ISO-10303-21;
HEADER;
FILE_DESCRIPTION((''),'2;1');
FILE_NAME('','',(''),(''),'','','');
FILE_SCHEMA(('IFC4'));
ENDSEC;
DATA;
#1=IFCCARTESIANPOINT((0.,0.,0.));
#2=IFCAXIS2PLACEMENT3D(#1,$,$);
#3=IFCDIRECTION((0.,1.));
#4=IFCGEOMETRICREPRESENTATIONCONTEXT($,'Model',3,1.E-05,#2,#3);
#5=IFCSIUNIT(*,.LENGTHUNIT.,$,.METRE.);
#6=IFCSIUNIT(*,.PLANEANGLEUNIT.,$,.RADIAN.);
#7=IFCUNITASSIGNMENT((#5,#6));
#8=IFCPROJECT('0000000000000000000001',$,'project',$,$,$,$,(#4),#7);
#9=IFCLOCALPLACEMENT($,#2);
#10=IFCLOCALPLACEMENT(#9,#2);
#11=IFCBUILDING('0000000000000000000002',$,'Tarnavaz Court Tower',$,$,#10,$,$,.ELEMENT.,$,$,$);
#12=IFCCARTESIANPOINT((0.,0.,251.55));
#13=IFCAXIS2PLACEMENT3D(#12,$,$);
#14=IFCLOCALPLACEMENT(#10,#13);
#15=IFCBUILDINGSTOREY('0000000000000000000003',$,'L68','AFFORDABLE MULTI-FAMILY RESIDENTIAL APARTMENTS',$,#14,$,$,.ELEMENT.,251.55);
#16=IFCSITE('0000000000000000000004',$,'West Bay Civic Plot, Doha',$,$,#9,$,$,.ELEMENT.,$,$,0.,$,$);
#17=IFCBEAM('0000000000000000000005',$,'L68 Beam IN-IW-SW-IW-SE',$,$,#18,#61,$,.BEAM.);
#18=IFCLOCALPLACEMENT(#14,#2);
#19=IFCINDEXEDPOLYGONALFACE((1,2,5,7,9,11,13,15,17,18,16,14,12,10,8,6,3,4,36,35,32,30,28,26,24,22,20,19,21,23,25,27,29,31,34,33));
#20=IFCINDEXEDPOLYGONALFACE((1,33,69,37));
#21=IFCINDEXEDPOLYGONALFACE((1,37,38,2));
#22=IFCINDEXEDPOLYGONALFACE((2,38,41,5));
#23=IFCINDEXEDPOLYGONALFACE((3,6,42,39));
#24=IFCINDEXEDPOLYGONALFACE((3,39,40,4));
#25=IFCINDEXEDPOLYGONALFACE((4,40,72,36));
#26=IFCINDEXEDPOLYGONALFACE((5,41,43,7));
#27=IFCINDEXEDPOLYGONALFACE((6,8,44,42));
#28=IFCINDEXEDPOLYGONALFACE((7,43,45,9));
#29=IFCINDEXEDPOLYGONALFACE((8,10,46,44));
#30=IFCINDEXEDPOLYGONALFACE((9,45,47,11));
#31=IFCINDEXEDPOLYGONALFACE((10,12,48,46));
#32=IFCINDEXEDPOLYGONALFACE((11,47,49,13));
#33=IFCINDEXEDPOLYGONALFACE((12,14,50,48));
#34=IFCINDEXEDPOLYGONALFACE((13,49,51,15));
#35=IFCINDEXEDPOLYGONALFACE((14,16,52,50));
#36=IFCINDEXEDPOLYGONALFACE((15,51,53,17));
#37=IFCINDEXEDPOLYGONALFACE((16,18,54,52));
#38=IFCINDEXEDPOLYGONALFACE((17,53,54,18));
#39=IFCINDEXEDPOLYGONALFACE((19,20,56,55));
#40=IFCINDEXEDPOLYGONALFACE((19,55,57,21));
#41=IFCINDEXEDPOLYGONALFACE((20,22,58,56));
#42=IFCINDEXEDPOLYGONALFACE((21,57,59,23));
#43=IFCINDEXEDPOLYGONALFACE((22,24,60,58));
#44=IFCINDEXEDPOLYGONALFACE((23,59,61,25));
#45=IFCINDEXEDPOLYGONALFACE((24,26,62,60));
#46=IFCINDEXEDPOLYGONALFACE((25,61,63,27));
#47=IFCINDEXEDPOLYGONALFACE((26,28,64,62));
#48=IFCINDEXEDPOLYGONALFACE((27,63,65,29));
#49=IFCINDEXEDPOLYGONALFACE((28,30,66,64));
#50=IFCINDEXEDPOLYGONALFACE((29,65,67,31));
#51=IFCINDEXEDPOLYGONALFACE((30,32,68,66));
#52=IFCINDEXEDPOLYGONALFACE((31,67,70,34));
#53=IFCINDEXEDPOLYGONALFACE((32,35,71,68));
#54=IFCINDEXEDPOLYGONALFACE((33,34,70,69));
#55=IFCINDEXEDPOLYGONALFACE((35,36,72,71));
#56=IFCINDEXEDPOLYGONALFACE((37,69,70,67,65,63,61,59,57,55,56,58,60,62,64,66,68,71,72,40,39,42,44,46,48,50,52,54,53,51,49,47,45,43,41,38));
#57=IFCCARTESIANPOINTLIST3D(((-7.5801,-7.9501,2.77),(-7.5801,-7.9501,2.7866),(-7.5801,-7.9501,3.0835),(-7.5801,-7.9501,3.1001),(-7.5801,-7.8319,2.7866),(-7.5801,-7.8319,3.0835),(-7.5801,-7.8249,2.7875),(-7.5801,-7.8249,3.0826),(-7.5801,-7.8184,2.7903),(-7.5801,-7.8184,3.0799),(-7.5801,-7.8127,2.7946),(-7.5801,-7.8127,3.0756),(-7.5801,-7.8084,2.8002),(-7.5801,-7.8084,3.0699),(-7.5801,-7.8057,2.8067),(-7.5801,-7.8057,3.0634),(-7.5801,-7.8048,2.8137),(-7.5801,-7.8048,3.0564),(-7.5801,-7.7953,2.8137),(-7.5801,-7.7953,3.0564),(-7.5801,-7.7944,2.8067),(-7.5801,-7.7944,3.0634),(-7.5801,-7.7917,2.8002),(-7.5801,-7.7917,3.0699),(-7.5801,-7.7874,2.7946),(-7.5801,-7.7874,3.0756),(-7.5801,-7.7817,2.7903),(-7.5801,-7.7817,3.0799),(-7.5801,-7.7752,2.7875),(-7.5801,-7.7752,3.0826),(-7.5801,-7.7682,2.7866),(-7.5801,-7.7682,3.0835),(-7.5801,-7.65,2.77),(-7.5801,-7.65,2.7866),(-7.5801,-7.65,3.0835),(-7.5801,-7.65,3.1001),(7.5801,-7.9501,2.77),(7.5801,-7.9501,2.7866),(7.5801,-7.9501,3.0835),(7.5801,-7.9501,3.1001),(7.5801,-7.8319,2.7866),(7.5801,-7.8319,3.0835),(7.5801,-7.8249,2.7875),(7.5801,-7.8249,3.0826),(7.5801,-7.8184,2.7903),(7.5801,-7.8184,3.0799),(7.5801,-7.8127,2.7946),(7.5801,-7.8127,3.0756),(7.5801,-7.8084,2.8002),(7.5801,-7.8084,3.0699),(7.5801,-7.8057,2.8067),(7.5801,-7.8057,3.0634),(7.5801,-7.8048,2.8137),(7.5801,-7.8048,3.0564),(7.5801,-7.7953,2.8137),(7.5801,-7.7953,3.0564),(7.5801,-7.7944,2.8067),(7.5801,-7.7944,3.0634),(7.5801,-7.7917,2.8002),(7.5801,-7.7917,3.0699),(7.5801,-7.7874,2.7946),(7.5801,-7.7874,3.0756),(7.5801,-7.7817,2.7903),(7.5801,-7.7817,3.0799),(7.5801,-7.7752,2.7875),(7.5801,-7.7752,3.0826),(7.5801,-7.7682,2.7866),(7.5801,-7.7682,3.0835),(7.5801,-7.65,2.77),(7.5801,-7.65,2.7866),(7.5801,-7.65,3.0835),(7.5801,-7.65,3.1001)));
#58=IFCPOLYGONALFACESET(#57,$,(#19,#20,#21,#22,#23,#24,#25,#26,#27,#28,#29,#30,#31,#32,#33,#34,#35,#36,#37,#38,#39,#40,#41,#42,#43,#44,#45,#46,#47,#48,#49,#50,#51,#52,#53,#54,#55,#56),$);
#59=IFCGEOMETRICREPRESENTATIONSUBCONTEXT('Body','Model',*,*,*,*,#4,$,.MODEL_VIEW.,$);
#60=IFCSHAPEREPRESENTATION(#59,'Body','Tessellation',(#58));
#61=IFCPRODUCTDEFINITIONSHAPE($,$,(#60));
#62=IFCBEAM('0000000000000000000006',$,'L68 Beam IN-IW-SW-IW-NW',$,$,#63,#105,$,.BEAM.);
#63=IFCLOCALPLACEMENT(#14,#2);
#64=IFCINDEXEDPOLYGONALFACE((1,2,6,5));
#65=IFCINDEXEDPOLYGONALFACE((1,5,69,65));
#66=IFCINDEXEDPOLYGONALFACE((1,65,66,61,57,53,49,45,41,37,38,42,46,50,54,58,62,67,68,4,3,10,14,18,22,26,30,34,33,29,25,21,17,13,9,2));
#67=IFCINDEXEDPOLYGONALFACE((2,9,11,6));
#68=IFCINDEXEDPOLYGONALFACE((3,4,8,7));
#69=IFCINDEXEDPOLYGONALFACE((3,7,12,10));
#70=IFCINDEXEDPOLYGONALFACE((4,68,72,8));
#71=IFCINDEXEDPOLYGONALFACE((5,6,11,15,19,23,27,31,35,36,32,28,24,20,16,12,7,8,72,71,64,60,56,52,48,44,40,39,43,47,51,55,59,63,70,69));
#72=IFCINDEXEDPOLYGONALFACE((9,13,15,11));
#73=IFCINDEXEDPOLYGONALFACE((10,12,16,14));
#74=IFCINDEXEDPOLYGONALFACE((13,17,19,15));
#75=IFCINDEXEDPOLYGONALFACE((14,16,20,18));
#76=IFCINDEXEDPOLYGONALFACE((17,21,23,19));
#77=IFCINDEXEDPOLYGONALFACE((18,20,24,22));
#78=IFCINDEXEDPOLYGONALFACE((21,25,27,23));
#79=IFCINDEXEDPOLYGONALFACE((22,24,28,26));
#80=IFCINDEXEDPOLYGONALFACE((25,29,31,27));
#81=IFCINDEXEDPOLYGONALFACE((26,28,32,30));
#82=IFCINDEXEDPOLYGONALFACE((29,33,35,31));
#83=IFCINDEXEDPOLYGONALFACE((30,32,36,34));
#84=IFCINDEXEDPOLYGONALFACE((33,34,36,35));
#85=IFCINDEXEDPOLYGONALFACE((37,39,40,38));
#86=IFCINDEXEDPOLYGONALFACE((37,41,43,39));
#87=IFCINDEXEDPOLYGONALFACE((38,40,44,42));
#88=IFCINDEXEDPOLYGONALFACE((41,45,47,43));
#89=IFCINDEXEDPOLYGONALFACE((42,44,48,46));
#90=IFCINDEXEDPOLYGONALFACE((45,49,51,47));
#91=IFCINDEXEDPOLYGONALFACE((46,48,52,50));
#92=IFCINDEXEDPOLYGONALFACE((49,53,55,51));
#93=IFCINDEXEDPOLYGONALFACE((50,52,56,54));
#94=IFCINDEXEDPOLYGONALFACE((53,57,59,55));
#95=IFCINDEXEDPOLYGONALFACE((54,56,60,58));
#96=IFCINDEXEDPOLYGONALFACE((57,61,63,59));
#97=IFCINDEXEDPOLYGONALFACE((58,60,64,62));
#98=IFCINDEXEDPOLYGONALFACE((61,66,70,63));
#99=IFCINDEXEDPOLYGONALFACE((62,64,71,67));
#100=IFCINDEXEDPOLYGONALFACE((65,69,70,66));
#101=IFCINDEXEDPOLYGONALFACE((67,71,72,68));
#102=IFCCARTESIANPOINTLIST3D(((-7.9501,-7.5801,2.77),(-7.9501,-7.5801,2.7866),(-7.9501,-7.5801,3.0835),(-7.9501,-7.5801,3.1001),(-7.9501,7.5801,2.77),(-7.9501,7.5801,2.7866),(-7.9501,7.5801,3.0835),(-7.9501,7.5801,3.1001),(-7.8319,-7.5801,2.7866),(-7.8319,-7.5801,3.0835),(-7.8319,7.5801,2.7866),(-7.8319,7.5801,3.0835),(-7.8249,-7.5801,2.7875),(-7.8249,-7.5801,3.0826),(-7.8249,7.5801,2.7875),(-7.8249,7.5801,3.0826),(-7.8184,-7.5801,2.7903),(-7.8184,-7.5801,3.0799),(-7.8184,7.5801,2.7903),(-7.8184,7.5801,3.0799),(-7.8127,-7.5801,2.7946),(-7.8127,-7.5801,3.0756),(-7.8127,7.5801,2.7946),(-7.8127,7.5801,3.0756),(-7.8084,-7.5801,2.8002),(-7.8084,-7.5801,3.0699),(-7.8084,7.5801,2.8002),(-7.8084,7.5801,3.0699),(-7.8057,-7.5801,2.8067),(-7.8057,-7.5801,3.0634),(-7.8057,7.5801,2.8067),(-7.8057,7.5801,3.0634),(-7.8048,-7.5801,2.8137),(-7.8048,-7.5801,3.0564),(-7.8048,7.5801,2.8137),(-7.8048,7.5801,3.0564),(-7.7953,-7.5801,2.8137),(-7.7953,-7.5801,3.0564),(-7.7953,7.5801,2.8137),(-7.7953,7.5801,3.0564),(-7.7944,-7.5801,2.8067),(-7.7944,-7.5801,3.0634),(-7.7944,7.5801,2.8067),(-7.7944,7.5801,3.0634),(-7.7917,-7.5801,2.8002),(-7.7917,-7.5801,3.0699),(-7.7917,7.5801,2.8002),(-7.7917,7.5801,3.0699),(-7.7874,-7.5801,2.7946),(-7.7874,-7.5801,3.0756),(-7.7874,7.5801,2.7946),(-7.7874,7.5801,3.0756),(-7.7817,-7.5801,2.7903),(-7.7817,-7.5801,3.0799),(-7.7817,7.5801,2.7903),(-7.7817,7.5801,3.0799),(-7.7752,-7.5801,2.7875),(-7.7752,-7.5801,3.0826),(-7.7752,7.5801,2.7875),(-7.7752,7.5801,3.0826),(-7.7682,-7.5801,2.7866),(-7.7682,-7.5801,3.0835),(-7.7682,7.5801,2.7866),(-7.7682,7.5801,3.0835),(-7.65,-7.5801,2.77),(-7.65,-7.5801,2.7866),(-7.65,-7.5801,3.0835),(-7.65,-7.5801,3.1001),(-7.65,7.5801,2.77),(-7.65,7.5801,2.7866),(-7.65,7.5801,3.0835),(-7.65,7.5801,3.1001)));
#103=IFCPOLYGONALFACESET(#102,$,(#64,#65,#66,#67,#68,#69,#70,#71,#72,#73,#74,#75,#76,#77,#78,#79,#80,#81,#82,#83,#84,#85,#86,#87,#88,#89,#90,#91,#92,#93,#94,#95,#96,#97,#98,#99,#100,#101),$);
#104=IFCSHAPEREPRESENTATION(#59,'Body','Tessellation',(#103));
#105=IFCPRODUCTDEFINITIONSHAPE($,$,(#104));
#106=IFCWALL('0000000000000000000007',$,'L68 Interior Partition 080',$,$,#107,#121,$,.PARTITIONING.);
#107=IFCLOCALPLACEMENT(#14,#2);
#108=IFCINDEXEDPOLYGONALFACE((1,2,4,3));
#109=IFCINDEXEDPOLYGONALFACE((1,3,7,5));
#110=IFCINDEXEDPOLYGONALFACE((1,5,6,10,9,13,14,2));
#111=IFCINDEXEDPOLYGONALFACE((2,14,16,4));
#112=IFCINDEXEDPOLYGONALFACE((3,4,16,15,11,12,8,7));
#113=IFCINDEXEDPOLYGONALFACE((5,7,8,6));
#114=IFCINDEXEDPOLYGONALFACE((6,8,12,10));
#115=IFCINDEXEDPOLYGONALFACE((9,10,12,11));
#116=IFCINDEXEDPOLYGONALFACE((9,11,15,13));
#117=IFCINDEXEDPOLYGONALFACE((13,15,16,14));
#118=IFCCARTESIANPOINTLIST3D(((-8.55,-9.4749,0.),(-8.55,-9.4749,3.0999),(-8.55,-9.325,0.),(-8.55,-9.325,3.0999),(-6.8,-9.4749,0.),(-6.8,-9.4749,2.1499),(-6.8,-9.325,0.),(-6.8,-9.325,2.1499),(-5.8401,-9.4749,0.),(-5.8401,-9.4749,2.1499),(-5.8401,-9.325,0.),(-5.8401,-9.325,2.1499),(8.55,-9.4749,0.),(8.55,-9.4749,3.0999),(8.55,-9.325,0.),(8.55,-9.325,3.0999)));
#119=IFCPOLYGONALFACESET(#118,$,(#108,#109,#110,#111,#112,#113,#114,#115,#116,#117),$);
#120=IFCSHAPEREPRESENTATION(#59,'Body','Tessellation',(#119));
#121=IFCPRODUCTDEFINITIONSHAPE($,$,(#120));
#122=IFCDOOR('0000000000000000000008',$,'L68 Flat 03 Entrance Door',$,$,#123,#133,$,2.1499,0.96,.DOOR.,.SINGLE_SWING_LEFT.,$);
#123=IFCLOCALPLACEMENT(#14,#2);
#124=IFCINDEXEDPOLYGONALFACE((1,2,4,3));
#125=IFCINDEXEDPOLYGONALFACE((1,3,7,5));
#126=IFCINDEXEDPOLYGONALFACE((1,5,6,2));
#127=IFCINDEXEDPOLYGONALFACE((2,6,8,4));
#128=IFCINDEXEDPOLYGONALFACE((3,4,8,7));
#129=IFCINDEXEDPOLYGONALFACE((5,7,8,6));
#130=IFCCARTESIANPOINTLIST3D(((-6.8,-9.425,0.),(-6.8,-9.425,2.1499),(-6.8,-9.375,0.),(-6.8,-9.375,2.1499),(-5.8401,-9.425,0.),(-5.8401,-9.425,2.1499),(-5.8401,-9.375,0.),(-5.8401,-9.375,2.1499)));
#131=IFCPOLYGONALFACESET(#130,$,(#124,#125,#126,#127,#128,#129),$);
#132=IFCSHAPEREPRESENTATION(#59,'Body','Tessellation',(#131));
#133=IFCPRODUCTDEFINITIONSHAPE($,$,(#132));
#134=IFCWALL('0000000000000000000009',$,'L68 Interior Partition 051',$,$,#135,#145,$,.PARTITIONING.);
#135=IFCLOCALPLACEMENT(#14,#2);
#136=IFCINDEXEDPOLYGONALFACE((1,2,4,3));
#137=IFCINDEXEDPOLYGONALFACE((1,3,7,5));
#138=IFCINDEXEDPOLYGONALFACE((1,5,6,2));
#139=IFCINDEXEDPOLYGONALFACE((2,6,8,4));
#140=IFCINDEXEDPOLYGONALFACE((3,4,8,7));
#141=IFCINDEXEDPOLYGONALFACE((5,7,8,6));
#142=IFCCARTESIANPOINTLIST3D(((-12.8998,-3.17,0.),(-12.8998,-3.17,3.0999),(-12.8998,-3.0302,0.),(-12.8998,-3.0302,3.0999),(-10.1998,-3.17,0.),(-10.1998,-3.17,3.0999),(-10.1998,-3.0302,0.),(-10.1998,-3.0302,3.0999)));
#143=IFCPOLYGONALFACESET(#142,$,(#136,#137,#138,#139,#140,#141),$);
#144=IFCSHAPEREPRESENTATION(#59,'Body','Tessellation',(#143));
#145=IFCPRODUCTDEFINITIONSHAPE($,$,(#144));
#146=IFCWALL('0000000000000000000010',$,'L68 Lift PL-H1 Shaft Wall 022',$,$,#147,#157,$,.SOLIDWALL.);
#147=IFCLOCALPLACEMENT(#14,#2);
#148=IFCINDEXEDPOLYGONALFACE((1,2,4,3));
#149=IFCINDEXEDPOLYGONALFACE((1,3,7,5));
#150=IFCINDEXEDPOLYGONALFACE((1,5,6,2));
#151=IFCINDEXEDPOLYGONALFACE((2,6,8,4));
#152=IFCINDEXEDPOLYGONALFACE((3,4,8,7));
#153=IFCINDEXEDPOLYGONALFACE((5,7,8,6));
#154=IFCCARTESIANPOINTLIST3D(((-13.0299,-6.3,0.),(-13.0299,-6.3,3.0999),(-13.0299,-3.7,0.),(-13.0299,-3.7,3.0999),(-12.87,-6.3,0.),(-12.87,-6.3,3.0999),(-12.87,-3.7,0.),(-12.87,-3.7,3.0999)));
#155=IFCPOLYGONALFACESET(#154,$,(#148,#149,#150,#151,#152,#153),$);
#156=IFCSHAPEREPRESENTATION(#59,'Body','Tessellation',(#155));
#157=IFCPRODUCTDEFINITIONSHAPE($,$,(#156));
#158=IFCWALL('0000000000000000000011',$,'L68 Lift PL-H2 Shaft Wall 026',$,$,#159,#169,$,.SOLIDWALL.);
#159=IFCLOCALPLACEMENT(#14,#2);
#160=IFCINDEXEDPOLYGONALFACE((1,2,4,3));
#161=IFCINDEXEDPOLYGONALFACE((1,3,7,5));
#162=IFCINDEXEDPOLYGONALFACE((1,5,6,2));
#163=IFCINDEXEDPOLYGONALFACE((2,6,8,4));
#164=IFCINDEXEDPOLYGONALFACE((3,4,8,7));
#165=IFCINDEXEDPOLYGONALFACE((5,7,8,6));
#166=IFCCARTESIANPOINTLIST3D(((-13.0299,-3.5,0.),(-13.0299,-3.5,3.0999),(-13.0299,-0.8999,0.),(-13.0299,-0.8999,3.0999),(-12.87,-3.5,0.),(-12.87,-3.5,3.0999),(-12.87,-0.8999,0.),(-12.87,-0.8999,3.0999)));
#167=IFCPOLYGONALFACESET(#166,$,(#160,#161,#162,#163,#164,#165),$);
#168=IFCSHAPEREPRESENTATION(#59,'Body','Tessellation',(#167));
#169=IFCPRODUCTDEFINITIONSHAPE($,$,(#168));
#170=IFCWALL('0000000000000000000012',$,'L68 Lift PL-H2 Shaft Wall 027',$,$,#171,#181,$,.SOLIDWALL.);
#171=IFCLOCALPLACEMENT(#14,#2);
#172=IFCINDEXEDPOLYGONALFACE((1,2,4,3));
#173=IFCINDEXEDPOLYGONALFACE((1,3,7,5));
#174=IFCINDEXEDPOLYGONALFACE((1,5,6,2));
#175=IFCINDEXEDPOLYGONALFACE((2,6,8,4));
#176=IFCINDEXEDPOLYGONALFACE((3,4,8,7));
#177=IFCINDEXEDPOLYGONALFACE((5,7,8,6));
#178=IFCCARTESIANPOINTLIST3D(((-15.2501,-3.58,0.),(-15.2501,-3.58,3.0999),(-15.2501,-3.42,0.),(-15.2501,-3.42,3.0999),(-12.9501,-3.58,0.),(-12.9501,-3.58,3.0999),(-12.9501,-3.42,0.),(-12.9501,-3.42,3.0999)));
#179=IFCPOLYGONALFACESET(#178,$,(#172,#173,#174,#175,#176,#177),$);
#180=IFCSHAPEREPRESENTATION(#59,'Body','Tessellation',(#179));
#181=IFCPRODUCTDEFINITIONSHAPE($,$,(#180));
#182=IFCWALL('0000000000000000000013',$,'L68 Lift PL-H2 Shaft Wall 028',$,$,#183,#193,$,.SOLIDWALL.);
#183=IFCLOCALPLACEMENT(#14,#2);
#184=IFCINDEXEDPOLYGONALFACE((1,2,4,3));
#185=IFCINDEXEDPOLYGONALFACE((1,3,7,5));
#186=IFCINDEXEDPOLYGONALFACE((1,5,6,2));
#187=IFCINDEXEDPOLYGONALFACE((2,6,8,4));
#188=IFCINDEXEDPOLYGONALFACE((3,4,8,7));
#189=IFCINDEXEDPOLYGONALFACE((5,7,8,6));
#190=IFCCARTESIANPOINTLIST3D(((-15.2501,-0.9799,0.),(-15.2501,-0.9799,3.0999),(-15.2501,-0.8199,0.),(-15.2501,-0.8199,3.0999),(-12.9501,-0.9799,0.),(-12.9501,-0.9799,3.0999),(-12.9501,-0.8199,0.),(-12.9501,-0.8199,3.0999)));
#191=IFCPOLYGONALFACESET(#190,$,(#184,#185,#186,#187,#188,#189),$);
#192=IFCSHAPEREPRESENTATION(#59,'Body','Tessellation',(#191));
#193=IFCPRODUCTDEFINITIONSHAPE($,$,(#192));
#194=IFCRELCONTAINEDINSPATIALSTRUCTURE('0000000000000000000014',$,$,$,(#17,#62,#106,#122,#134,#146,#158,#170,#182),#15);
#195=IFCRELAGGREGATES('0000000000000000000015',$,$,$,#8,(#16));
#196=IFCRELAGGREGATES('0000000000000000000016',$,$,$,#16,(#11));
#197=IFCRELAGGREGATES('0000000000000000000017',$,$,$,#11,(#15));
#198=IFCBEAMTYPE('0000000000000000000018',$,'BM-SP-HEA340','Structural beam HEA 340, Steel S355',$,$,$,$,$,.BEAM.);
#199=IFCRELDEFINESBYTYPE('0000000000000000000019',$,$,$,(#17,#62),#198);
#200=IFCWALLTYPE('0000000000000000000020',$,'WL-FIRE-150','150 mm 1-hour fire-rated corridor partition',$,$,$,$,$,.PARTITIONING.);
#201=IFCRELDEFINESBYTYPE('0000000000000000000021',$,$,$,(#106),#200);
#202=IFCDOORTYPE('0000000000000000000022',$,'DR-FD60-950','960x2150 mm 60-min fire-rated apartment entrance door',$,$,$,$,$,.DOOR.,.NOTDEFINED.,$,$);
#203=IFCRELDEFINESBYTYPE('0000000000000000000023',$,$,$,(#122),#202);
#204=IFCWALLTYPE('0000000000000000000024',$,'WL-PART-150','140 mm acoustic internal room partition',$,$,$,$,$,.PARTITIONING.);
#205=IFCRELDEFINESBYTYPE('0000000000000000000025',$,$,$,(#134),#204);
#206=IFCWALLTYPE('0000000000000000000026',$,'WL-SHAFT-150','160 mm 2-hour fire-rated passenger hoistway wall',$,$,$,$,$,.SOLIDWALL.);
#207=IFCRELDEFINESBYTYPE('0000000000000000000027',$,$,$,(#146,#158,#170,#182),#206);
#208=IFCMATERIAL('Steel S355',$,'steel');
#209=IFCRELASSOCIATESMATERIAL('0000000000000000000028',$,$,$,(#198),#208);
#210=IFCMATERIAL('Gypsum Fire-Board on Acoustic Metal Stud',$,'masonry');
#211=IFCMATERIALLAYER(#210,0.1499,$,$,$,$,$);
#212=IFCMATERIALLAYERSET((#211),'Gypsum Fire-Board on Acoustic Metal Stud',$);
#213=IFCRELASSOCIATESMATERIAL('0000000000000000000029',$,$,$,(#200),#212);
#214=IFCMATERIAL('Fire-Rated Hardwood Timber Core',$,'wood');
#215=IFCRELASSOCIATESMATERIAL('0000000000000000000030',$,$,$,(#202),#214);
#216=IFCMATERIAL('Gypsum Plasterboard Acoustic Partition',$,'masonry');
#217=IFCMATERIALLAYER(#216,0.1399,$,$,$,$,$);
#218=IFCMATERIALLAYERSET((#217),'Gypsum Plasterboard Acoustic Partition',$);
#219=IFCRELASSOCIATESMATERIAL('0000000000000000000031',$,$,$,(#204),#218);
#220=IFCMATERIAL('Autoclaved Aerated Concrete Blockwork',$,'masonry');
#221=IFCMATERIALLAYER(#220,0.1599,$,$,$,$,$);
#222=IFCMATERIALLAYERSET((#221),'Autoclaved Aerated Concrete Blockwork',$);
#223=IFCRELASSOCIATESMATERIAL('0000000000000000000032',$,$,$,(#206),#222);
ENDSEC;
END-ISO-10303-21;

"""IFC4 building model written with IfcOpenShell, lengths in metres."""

from ifc_helpers import new_model, si_unit, direction, frame, frame_2d, origin, origin_2d, place, context, subcontext, project, spatial, rectangle, i_section, extrude, material, layer, layer_set, material_profile, profile_set, type_object, element, fill, save


model = new_model("IFC4")

# Units and contexts
model_context = context("Model", 3, precision=1e-05, world=origin(), true_north=direction((0.0, 1.0)))
body_context = subcontext(model_context, "Body", "Model", "MODEL_VIEW")
ifc_project = project(units=[si_unit("LENGTHUNIT", "METRE"), si_unit("PLANEANGLEUNIT", "RADIAN")], contexts=[model_context])

# Site, building, storey
site_placement = place(None, origin())
site = spatial("IfcSite", under=ifc_project, at=site_placement, Name="West Bay Civic Plot, Doha", CompositionType="ELEMENT", RefElevation=0.0)
building_placement = place(site_placement, origin())
building = spatial("IfcBuilding", under=site, at=building_placement, Name="Tarnavaz Court Tower", CompositionType="ELEMENT")
storey_placement = place(building_placement, frame((0.0, 0.0, 251.55)))
storey = spatial("IfcBuildingStorey", under=building, at=storey_placement, Name="L68", Description="AFFORDABLE MULTI-FAMILY RESIDENTIAL APARTMENTS", CompositionType="ELEMENT", Elevation=251.55)

# Beams
ifc_material_1 = material(Name="Steel S355", Category="steel")
ifc_material_profile_1 = material_profile(ifc_material_1, i_section(OverallWidth=0.3, OverallDepth=0.3301, WebThickness=0.0095, FlangeThickness=0.0166, FilletRadius=0.0271, at=origin_2d()), Name="HEA 340")
ifc_profile_set_1 = profile_set([ifc_material_profile_1], Name="Steel S355")
beam_type_1 = type_object("IfcBeamType", Name="BM-SP-HEA340", Description="Structural beam HEA 340, Steel S355", PredefinedType="BEAM", material=ifc_profile_set_1)
for number, where, z_axis, x_axis, name in (
    (1, (-7.5801, -7.8, 2.9351), (1.0, 0.0, 0.0), (0.0, 1.0, 0.0), "L68 Beam IN-IW-SW-IW-SE"),
    (2, (-7.8, -7.5801, 2.9351), (0.0, 1.0, 0.0), (-1.0, 0.0, 0.0), "L68 Beam IN-IW-SW-IW-NW"),
):
    element("IfcBeam", number, at=place(storey_placement, frame(where, z_axis=z_axis, x_axis=x_axis)), inside=storey, type_object=beam_type_1, Name=name, PredefinedType="BEAM", context=body_context, shape_type="SweptSolid", body=[
        extrude(i_section(OverallWidth=0.3, OverallDepth=0.3301, WebThickness=0.0095, FlangeThickness=0.0166, FilletRadius=0.0271, at=origin_2d()), origin(), (0.0, 0.0, 1.0), 15.1602),
    ])

# Wall, opening, door
ifc_material_2 = material(Name="Gypsum Fire-Board on Acoustic Metal Stud", Category="masonry")
ifc_layer_1 = layer(ifc_material_2, 0.1499)
ifc_layer_set_1 = layer_set([ifc_layer_1], Name="Gypsum Fire-Board on Acoustic Metal Stud")
wall_type_1 = type_object("IfcWallType", Name="WL-FIRE-150", Description="150 mm 1-hour fire-rated corridor partition", PredefinedType="PARTITIONING", material=ifc_layer_set_1)
wall_1_placement = place(storey_placement, frame((-8.55, -9.3999, 0.0), z_axis=(0.0, 0.0, 1.0), x_axis=(1.0, 0.0, 0.0)))
wall_1 = element("IfcWall", 3, at=wall_1_placement, inside=storey, type_object=wall_type_1, Name="L68 Interior Partition 080", PredefinedType="PARTITIONING", context=body_context, shape_type="SweptSolid", body=[
    extrude(rectangle(XDim=17.1001, YDim=0.1499, at=frame_2d((8.55, 0.0))), origin(), (0.0, 0.0, 1.0), 3.0999),
])
opening_1_placement = place(wall_1_placement, frame((1.75, 0.0, 0.0)))
opening_1 = element("IfcOpeningElement", 4, at=opening_1_placement, cuts=wall_1, PredefinedType="OPENING", context=body_context, shape_type="SweptSolid", body=[
    extrude(rectangle(XDim=0.96, YDim=2.1499, at=frame_2d((0.48, 1.075))), frame((0.0, 0.085, 0.0), z_axis=(0.0, -1.0, 0.0), x_axis=(1.0, 0.0, 0.0)), (0.0, 0.0, 1.0), 0.1699),
])
ifc_material_3 = material(Name="Fire-Rated Hardwood Timber Core", Category="wood")
door_type_1 = type_object("IfcDoorType", Name="DR-FD60-950", Description="960x2150 mm 60-min fire-rated apartment entrance door", OperationType="NOTDEFINED", PredefinedType="DOOR", material=ifc_material_3)
door_1_placement = place(opening_1_placement, origin())
door_1 = element("IfcDoor", 5, at=door_1_placement, inside=storey, type_object=door_type_1, Name="L68 Flat 03 Entrance Door", OperationType="SINGLE_SWING_LEFT", OverallHeight=2.1499, OverallWidth=0.96, PredefinedType="DOOR", context=body_context, shape_type="SweptSolid", body=[
    extrude(rectangle(XDim=0.96, YDim=2.1499, at=frame_2d((0.48, 1.075))), frame((0.0, 0.0249, 0.0), z_axis=(0.0, -1.0, 0.0), x_axis=(1.0, 0.0, 0.0)), (0.0, 0.0, 1.0), 0.05),
])
fill(opening_1, door_1)

# Shared definitions
ifc_material_4 = material(Name="Gypsum Plasterboard Acoustic Partition", Category="masonry")
ifc_layer_2 = layer(ifc_material_4, 0.1399)
ifc_layer_set_2 = layer_set([ifc_layer_2], Name="Gypsum Plasterboard Acoustic Partition")
wall_type_2 = type_object("IfcWallType", Name="WL-PART-150", Description="140 mm acoustic internal room partition", PredefinedType="PARTITIONING", material=ifc_layer_set_2)

# Walls
wall_2_placement = place(storey_placement, frame((-12.8999, -3.1001, 0.0), z_axis=(0.0, 0.0, 1.0), x_axis=(1.0, 0.0, 0.0)))
element("IfcWall", 6, at=wall_2_placement, inside=storey, type_object=wall_type_2, Name="L68 Interior Partition 051", PredefinedType="PARTITIONING", context=body_context, shape_type="SweptSolid", body=[
    extrude(rectangle(XDim=2.7, YDim=0.1399, at=frame_2d((1.3501, 0.0))), origin(), (0.0, 0.0, 1.0), 3.0999),
])
ifc_material_5 = material(Name="Autoclaved Aerated Concrete Blockwork", Category="masonry")
ifc_layer_3 = layer(ifc_material_5, 0.1599)
ifc_layer_set_3 = layer_set([ifc_layer_3], Name="Autoclaved Aerated Concrete Blockwork")
wall_type_3 = type_object("IfcWallType", Name="WL-SHAFT-150", Description="160 mm 2-hour fire-rated passenger hoistway wall", PredefinedType="SOLIDWALL", material=ifc_layer_set_3)
wall_3_placement = place(storey_placement, frame((-12.95, -6.3, 0.0), z_axis=(0.0, 0.0, 1.0), x_axis=(0.0, 1.0, 0.0)))
element("IfcWall", 7, at=wall_3_placement, inside=storey, type_object=wall_type_3, Name="L68 Lift PL-H1 Shaft Wall 022", PredefinedType="SOLIDWALL", context=body_context, shape_type="SweptSolid", body=[
    extrude(rectangle(XDim=2.6001, YDim=0.1599, at=frame_2d((1.3, 0.0))), origin(), (0.0, 0.0, 1.0), 3.0999),
])

# Walls
wall_4_placement = place(storey_placement, frame((-12.95, -3.5, 0.0), z_axis=(0.0, 0.0, 1.0), x_axis=(0.0, 1.0, 0.0)))
element("IfcWall", 8, at=wall_4_placement, inside=storey, type_object=wall_type_3, Name="L68 Lift PL-H2 Shaft Wall 026", PredefinedType="SOLIDWALL", context=body_context, shape_type="SweptSolid", body=[
    extrude(rectangle(XDim=2.6001, YDim=0.1599, at=frame_2d((1.3, 0.0))), origin(), (0.0, 0.0, 1.0), 3.0999),
])
for number, where, z_axis, x_axis, name in (
    (9, (-15.25, -3.5, 0.0), (0.0, 0.0, 1.0), (1.0, 0.0, 0.0), "L68 Lift PL-H2 Shaft Wall 027"),
    (10, (-15.25, -0.8999, 0.0), (0.0, 0.0, 1.0), (1.0, 0.0, 0.0), "L68 Lift PL-H2 Shaft Wall 028"),
):
    element("IfcWall", number, at=place(storey_placement, frame(where, z_axis=z_axis, x_axis=x_axis)), inside=storey, type_object=wall_type_3, Name=name, PredefinedType="SOLIDWALL", context=body_context, shape_type="SweptSolid", body=[
        extrude(rectangle(XDim=2.3, YDim=0.1599, at=frame_2d((1.1499, 0.0))), origin(), (0.0, 0.0, 1.0), 3.0999),
    ])

save(model, "model.ifc")
